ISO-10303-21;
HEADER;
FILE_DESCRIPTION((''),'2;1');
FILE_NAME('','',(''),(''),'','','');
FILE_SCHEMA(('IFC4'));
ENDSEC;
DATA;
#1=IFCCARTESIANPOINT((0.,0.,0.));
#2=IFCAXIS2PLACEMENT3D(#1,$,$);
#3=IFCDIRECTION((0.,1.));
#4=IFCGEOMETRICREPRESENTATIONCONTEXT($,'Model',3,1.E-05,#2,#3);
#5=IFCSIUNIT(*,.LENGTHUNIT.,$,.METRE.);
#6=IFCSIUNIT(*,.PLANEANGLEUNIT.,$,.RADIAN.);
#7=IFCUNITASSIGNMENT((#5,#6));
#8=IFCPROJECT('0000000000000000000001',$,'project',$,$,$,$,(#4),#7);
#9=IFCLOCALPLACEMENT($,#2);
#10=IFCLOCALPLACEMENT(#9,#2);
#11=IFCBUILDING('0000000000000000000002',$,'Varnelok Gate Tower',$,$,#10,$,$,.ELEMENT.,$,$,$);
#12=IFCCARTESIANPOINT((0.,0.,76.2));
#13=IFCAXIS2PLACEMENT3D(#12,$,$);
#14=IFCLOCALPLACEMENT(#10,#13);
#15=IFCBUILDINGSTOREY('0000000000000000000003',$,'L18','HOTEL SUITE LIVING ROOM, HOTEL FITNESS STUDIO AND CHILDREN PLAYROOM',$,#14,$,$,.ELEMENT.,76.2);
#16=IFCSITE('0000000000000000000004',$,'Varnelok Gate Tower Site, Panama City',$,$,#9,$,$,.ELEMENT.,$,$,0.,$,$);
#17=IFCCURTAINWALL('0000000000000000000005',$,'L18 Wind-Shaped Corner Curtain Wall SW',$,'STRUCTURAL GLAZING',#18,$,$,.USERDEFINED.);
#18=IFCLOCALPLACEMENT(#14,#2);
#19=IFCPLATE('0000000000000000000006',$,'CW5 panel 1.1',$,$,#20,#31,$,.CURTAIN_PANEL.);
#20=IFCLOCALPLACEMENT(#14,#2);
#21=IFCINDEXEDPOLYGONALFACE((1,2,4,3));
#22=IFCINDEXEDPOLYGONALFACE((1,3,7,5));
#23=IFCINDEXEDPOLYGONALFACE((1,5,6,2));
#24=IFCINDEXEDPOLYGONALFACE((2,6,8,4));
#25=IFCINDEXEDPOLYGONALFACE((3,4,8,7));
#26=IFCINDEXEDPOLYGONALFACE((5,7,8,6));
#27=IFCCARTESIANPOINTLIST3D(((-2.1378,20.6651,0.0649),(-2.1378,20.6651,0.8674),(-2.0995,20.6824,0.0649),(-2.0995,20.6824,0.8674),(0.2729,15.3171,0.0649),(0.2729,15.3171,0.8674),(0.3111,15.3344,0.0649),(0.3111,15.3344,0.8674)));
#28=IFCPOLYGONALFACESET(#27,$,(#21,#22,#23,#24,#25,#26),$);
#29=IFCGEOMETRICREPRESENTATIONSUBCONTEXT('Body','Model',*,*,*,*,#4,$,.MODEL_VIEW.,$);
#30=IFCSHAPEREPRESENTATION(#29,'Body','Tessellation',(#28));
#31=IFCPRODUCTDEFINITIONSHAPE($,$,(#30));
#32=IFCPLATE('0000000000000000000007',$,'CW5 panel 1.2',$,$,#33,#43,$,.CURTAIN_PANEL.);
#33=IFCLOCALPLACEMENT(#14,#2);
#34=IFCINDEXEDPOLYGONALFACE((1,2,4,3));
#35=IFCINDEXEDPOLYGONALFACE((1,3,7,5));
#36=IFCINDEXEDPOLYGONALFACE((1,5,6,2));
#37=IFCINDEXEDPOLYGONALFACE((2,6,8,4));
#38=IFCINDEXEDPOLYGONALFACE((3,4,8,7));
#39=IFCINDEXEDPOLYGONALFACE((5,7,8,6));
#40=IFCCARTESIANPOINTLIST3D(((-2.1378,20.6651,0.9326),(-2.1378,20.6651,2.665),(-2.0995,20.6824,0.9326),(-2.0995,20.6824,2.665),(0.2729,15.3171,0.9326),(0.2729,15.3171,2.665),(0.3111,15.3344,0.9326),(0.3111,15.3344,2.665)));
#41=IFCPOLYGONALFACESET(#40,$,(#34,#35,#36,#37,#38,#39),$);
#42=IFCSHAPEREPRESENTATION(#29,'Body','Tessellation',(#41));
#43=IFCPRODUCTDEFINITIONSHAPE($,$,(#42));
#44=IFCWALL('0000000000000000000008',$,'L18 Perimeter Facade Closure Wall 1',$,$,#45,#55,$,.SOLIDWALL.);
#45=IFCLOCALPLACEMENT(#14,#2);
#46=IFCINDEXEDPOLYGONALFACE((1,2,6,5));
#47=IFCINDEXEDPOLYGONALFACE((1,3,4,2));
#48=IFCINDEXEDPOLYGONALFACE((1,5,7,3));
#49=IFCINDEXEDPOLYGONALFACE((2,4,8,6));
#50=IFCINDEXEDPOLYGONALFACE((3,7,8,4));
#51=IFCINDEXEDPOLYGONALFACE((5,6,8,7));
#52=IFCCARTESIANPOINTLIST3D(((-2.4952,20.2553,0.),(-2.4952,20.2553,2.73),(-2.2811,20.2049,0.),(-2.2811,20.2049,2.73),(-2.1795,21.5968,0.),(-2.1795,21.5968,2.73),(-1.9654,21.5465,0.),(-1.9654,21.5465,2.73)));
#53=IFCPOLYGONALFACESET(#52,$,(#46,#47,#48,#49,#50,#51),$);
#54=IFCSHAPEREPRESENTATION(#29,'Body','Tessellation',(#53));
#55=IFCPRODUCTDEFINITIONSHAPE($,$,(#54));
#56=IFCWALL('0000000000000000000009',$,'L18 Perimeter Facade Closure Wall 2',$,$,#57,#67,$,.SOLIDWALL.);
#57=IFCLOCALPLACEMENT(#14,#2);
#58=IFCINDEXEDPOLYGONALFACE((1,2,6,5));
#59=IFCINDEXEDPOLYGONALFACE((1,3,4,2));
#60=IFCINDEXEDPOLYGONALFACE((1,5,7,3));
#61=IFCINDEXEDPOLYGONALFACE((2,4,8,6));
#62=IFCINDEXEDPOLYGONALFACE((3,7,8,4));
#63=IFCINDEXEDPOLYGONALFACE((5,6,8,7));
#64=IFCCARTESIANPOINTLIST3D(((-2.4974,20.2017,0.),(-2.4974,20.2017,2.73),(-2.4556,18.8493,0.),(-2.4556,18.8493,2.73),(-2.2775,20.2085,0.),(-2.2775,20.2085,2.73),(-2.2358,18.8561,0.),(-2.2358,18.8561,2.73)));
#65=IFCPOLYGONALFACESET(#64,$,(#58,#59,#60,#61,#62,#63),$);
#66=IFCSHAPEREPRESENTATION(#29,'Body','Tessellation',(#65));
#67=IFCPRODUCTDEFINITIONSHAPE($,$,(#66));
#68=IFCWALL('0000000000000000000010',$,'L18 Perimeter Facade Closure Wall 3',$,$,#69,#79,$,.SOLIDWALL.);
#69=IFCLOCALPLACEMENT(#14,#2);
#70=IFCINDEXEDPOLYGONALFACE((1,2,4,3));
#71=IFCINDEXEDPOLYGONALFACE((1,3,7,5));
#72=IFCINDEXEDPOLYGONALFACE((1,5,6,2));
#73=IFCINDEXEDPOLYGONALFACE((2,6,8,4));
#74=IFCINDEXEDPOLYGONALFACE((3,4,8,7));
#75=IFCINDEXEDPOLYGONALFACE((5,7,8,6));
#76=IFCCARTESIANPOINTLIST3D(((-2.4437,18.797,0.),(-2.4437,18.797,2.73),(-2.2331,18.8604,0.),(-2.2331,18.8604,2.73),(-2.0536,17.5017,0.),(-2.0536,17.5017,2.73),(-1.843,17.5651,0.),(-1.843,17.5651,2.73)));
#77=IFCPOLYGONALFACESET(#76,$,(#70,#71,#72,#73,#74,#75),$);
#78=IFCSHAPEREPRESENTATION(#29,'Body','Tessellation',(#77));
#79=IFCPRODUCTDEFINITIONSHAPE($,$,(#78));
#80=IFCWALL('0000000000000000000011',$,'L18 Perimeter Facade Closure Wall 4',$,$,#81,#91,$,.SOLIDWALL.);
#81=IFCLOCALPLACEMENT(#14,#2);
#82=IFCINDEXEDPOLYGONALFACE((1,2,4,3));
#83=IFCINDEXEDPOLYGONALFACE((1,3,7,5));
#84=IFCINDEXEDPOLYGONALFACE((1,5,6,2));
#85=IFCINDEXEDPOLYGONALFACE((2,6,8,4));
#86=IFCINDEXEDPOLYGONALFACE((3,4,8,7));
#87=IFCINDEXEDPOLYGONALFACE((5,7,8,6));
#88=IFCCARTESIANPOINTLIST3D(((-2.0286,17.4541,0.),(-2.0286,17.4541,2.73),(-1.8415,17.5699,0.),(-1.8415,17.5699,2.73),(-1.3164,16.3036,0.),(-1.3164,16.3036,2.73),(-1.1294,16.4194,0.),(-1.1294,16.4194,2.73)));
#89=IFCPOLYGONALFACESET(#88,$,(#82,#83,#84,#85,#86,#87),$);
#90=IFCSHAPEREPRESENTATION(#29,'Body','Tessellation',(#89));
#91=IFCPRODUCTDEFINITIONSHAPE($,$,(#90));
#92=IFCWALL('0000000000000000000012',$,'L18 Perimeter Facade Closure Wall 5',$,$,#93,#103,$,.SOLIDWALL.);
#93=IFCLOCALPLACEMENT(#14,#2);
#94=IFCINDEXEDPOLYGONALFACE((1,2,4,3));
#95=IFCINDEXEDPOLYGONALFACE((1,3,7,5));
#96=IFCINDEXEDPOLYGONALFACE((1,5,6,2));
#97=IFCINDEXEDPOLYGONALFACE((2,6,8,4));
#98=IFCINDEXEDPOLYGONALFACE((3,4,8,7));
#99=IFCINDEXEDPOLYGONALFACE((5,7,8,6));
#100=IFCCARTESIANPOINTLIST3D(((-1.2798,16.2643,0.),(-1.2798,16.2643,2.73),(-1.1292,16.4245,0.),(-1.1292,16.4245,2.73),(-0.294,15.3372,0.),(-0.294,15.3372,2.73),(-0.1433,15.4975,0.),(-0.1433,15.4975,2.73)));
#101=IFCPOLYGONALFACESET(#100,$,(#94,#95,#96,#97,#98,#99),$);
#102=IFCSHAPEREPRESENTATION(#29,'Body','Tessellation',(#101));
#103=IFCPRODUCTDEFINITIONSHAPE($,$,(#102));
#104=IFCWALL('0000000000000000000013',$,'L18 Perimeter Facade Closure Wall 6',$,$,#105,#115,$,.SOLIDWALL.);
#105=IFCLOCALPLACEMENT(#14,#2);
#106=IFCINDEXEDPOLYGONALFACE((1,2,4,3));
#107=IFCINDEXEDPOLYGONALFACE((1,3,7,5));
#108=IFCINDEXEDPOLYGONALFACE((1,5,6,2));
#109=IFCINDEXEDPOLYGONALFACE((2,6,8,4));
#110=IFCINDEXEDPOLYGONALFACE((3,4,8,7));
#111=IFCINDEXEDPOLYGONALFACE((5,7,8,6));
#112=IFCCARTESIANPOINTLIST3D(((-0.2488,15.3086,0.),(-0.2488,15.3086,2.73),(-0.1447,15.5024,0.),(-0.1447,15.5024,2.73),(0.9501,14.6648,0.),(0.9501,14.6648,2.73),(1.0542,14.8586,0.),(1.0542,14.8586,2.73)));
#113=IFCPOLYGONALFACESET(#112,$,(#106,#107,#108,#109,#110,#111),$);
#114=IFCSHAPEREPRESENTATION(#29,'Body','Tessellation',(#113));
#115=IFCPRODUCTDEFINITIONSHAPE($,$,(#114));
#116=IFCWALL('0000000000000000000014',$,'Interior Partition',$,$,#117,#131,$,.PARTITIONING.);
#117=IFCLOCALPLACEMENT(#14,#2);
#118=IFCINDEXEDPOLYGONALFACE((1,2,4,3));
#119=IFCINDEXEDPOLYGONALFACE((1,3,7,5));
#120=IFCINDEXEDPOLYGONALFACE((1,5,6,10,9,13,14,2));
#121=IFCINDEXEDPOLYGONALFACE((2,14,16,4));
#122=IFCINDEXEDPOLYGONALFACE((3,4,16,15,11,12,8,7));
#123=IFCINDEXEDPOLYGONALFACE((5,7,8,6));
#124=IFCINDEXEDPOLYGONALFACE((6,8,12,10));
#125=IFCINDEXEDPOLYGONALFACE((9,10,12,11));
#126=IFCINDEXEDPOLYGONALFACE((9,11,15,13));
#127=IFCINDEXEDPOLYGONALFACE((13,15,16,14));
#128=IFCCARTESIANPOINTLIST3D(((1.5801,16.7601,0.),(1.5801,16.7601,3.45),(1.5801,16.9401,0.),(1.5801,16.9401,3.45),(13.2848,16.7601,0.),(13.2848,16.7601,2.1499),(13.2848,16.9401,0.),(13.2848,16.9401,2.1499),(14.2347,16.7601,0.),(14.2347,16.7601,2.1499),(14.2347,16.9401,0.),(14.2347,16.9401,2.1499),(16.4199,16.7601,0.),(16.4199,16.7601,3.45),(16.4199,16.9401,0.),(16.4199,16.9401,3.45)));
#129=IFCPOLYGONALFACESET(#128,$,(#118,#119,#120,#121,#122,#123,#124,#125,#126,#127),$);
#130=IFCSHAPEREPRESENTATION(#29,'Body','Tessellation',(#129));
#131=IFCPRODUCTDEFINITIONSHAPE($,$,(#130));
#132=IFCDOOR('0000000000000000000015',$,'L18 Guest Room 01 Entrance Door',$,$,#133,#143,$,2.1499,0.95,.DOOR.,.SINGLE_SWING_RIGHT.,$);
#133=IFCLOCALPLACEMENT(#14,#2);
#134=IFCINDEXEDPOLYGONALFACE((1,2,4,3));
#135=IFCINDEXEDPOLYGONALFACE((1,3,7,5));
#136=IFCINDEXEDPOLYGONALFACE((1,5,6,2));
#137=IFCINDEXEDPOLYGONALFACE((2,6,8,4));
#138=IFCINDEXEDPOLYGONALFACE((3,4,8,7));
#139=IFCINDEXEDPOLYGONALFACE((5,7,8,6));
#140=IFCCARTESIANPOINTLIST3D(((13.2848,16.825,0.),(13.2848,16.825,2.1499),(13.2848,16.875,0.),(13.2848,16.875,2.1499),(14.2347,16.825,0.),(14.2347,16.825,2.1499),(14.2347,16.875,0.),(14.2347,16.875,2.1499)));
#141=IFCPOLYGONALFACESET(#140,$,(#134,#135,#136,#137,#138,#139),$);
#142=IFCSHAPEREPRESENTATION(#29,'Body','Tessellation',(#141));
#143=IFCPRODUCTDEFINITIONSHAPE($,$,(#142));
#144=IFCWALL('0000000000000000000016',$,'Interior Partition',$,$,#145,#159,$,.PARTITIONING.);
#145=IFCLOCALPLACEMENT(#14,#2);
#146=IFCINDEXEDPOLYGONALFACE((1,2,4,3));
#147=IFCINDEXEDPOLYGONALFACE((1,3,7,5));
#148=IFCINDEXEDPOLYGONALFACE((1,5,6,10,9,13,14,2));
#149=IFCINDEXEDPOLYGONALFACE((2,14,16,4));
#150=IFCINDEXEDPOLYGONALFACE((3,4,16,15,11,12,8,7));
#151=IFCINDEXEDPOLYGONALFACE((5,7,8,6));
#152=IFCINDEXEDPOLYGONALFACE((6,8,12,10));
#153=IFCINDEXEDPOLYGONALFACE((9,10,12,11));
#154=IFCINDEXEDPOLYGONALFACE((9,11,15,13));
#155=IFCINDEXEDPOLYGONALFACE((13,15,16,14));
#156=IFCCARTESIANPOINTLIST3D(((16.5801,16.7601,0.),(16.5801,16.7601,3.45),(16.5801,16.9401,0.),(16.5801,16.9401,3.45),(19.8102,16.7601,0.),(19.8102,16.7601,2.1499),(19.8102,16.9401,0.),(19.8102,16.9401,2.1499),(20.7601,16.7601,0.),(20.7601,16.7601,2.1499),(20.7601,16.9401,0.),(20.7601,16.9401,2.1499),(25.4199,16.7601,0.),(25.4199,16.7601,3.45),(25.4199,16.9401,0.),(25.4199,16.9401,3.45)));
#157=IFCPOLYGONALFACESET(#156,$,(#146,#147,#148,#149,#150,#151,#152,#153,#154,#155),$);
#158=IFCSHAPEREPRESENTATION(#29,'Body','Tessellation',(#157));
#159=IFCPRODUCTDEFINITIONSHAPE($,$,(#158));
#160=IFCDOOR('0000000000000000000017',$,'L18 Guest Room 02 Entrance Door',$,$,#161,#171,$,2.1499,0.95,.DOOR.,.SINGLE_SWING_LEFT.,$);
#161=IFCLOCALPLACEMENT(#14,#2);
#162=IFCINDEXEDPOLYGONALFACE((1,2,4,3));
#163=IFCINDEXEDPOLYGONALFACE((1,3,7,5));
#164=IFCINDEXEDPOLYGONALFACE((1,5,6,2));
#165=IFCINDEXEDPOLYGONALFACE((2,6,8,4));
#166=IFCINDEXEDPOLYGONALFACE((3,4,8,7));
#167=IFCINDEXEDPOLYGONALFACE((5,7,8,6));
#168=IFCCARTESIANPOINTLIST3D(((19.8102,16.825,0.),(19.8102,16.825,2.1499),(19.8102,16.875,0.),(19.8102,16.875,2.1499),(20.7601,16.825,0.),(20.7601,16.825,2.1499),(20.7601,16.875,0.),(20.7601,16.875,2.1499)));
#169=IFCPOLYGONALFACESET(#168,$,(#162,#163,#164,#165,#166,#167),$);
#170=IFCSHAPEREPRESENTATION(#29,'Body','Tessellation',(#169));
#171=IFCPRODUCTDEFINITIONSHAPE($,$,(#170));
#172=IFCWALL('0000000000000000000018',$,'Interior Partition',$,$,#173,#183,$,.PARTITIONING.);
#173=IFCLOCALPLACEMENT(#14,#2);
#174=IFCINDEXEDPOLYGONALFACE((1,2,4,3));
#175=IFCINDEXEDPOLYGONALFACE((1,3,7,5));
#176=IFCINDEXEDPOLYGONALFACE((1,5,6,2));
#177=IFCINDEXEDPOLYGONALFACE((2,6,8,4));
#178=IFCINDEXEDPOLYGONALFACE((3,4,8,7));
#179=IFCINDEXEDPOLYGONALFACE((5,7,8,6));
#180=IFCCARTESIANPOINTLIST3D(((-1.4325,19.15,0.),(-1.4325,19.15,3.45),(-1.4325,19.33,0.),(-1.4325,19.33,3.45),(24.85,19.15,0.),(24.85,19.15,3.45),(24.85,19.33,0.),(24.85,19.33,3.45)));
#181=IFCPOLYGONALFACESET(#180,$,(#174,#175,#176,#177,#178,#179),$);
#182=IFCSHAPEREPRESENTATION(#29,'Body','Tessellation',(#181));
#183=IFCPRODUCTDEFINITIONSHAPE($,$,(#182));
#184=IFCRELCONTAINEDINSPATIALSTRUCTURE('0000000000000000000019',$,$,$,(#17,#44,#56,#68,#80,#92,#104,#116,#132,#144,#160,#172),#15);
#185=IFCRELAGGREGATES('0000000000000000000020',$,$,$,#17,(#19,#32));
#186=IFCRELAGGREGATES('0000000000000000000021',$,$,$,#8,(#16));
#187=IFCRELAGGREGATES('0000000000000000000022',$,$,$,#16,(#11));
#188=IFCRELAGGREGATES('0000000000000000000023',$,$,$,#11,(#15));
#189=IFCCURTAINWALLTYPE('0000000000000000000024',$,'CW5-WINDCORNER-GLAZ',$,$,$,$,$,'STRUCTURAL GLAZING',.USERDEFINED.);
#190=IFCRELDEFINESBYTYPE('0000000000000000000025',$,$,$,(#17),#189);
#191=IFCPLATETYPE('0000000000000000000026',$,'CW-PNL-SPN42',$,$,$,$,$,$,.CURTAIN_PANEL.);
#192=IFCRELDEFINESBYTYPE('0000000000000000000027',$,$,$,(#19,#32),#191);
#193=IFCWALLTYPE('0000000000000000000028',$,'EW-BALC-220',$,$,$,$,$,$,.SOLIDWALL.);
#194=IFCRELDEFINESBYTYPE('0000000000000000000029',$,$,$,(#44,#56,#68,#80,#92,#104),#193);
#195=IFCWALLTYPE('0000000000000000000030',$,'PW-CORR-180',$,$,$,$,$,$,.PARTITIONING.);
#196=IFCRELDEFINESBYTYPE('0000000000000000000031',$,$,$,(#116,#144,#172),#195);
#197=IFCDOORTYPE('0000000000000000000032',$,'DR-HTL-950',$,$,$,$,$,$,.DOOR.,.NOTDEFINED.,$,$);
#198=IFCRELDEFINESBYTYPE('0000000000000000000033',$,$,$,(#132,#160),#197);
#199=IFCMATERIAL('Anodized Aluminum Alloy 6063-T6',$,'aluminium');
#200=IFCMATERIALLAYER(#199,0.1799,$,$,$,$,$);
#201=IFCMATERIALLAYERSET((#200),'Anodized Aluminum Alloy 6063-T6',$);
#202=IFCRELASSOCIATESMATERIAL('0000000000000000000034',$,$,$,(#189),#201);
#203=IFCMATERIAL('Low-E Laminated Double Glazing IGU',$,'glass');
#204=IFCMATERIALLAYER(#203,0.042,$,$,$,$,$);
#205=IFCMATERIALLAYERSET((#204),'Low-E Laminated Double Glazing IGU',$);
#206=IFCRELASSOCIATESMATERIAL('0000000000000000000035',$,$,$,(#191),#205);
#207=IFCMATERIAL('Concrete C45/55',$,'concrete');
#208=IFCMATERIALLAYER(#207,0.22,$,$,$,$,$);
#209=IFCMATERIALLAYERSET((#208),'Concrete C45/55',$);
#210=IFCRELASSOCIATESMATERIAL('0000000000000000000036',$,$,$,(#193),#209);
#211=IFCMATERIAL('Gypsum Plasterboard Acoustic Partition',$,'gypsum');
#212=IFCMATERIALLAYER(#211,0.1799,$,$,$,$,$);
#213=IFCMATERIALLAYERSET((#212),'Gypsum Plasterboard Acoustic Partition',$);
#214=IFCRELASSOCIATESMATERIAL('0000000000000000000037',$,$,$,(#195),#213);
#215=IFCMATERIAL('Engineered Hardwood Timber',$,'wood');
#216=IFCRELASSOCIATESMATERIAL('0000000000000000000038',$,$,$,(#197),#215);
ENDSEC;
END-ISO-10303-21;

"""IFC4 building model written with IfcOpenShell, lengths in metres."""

from ifc_helpers import new_model, si_unit, direction, frame, frame_2d, origin, origin_2d, place, context, subcontext, project, spatial, rectangle, extrude, source, transform, mapped, material, layer, layer_set, type_object, element, fill, aggregate, save


model = new_model("IFC4")

# Units and contexts
model_context = context("Model", 3, precision=1e-05, world=origin(), true_north=direction((0.0, 1.0)))
body_context = subcontext(model_context, "Body", "Model", "MODEL_VIEW")
ifc_project = project(units=[si_unit("LENGTHUNIT", "METRE"), si_unit("PLANEANGLEUNIT", "RADIAN")], contexts=[model_context])

# Site, building, storey
site_placement = place(None, origin())
site = spatial("IfcSite", under=ifc_project, at=site_placement, Name="Varnelok Gate Tower Site, Panama City", CompositionType="ELEMENT", RefElevation=0.0)
building_placement = place(site_placement, origin())
building = spatial("IfcBuilding", under=site, at=building_placement, Name="Varnelok Gate Tower", CompositionType="ELEMENT")
storey_placement = place(building_placement, frame((0.0, 0.0, 76.2)))
storey = spatial("IfcBuildingStorey", under=building, at=storey_placement, Name="L18", Description="HOTEL SUITE LIVING ROOM, HOTEL FITNESS STUDIO AND CHILDREN PLAYROOM", CompositionType="ELEMENT", Elevation=76.2)

# Shared definitions
ifc_material_1 = material(Name="Anodized Aluminum Alloy 6063-T6", Category="aluminium")

# Curtain wall
ifc_layer_1 = layer(ifc_material_1, 0.1799)
ifc_layer_set_1 = layer_set([ifc_layer_1], Name="Anodized Aluminum Alloy 6063-T6")
curtain_wall_type_1 = type_object("IfcCurtainWallType", Name="CW5-WINDCORNER-GLAZ", ElementType="STRUCTURAL GLAZING", PredefinedType="USERDEFINED", material=ifc_layer_set_1)
curtain_wall_1_placement = place(storey_placement, origin())
curtain_wall_1 = element("IfcCurtainWall", 1, at=curtain_wall_1_placement, inside=storey, type_object=curtain_wall_type_1, Name="L18 Wind-Shaped Corner Curtain Wall SW", ObjectType="STRUCTURAL GLAZING", PredefinedType="USERDEFINED")

# Plates
ifc_material_2 = material(Name="Low-E Laminated Double Glazing IGU", Category="glass")
ifc_layer_2 = layer(ifc_material_2, 0.042)
ifc_layer_set_2 = layer_set([ifc_layer_2], Name="Low-E Laminated Double Glazing IGU")
plate_type_1 = type_object("IfcPlateType", Name="CW-PNL-SPN42", PredefinedType="CURTAIN_PANEL", material=ifc_layer_set_2)
shared_shape_1 = source(origin(), body_context, "Body", "SweptSolid", [
    extrude(rectangle(XDim=5.8662, YDim=0.042, at=origin_2d()), origin(), (0.0, 0.0, 1.0), 0.8025),
])
plate_1_placement = place(storey_placement, frame((-0.9133, 17.9998, 0.0649), z_axis=(0.0, 0.0, 1.0), x_axis=(0.410937, -0.911664, 0.0)))
plate_1 = element("IfcPlate", 2, at=plate_1_placement, type_object=plate_type_1, Name="CW5 panel 1.1", PredefinedType="CURTAIN_PANEL", context=body_context, shape_type="MappedRepresentation", body=[
    mapped(shared_shape_1, transform((0.0, 0.0, 0.0), scale=1.0)),
])
shared_shape_2 = source(origin(), body_context, "Body", "SweptSolid", [
    extrude(rectangle(XDim=5.8662, YDim=0.042, at=origin_2d()), origin(), (0.0, 0.0, 1.0), 1.7324),
])
plate_2_placement = place(storey_placement, frame((-0.9133, 17.9998, 0.9326), z_axis=(0.0, 0.0, 1.0), x_axis=(0.410937, -0.911664, 0.0)))
plate_2 = element("IfcPlate", 3, at=plate_2_placement, type_object=plate_type_1, Name="CW5 panel 1.2", PredefinedType="CURTAIN_PANEL", context=body_context, shape_type="MappedRepresentation", body=[
    mapped(shared_shape_2, transform((0.0, 0.0, 0.0), scale=1.0)),
])
aggregate(curtain_wall_1, [plate_1, plate_2])

# Walls
ifc_material_3 = material(Name="Concrete C45/55", Category="concrete")
ifc_layer_3 = layer(ifc_material_3, 0.22)
ifc_layer_set_3 = layer_set([ifc_layer_3], Name="Concrete C45/55")
wall_type_1 = type_object("IfcWallType", Name="EW-BALC-220", PredefinedType="SOLIDWALL", material=ifc_layer_set_3)
wall_1_placement = place(storey_placement, frame((-2.0725, 21.5715, 0.0), z_axis=(0.0, 0.0, 1.0), x_axis=(-0.229049, -0.973415, 0.0)))
element("IfcWall", 4, at=wall_1_placement, inside=storey, type_object=wall_type_1, Name="L18 Perimeter Facade Closure Wall 1", PredefinedType="SOLIDWALL", context=body_context, shape_type="SweptSolid", body=[
    extrude(rectangle(XDim=1.3782, YDim=0.22, at=frame_2d((0.689, 0.0))), origin(), (0.0, 0.0, 1.0), 2.73),
])
wall_2_placement = place(storey_placement, frame((-2.3875, 20.2051, 0.0), z_axis=(0.0, 0.0, 1.0), x_axis=(0.030857, -0.999524, 0.0)))
element("IfcWall", 5, at=wall_2_placement, inside=storey, type_object=wall_type_1, Name="L18 Perimeter Facade Closure Wall 2", PredefinedType="SOLIDWALL", context=body_context, shape_type="SweptSolid", body=[
    extrude(rectangle(XDim=1.353, YDim=0.22, at=frame_2d((0.6765, 0.0))), origin(), (0.0, 0.0, 1.0), 2.73),
])
wall_3_placement = place(storey_placement, frame((-2.3384, 18.8286, 0.0), z_axis=(0.0, 0.0, 1.0), x_axis=(0.288374, -0.957518, 0.0)))
element("IfcWall", 6, at=wall_3_placement, inside=storey, type_object=wall_type_1, Name="L18 Perimeter Facade Closure Wall 3", PredefinedType="SOLIDWALL", context=body_context, shape_type="SweptSolid", body=[
    extrude(rectangle(XDim=1.3528, YDim=0.22, at=frame_2d((0.6763, 0.0))), origin(), (0.0, 0.0, 1.0), 2.73),
])
wall_4_placement = place(storey_placement, frame((-1.9351, 17.512, 0.0), z_axis=(0.0, 0.0, 1.0), x_axis=(0.526361, -0.850261, 0.0)))
element("IfcWall", 7, at=wall_4_placement, inside=storey, type_object=wall_type_1, Name="L18 Perimeter Facade Closure Wall 4", PredefinedType="SOLIDWALL", context=body_context, shape_type="SweptSolid", body=[
    extrude(rectangle(XDim=1.353, YDim=0.22, at=frame_2d((0.6765, 0.0))), origin(), (0.0, 0.0, 1.0), 2.73),
])
wall_5_placement = place(storey_placement, frame((-1.2046, 16.3445, 0.0), z_axis=(0.0, 0.0, 1.0), x_axis=(0.728512, -0.685033, 0.0)))
element("IfcWall", 8, at=wall_5_placement, inside=storey, type_object=wall_type_1, Name="L18 Perimeter Facade Closure Wall 5", PredefinedType="SOLIDWALL", context=body_context, shape_type="SweptSolid", body=[
    extrude(rectangle(XDim=1.3533, YDim=0.22, at=frame_2d((0.6768, 0.0))), origin(), (0.0, 0.0, 1.0), 2.73),
])
wall_6_placement = place(storey_placement, frame((-0.1968, 15.4055, 0.0), z_axis=(0.0, 0.0, 1.0), x_axis=(0.881024, -0.473072, 0.0)))
element("IfcWall", 9, at=wall_6_placement, inside=storey, type_object=wall_type_1, Name="L18 Perimeter Facade Closure Wall 6", PredefinedType="SOLIDWALL", context=body_context, shape_type="SweptSolid", body=[
    extrude(rectangle(XDim=1.3608, YDim=0.22, at=frame_2d((0.6804, 0.0))), origin(), (0.0, 0.0, 1.0), 2.73),
])

# Walls, openings, doors
ifc_material_4 = material(Name="Gypsum Plasterboard Acoustic Partition", Category="gypsum")
ifc_layer_4 = layer(ifc_material_4, 0.1799)
ifc_layer_set_4 = layer_set([ifc_layer_4], Name="Gypsum Plasterboard Acoustic Partition")
wall_type_2 = type_object("IfcWallType", Name="PW-CORR-180", PredefinedType="PARTITIONING", material=ifc_layer_set_4)
wall_7_placement = place(storey_placement, frame((1.5801, 16.8501, 0.0), z_axis=(0.0, 0.0, 1.0), x_axis=(1.0, 0.0, 0.0)))
wall_7 = element("IfcWall", 10, at=wall_7_placement, inside=storey, type_object=wall_type_2, Name="Interior Partition", PredefinedType="PARTITIONING", context=body_context, shape_type="SweptSolid", body=[
    extrude(rectangle(XDim=14.8398, YDim=0.1799, at=frame_2d((7.4199, 0.0))), origin(), (0.0, 0.0, 1.0), 3.45),
])
opening_1_placement = place(wall_7_placement, frame((11.7046, 0.0, 0.0)))
opening_1 = element("IfcOpeningElement", 11, at=opening_1_placement, cuts=wall_7, PredefinedType="OPENING", context=body_context, shape_type="SweptSolid", body=[
    extrude(rectangle(XDim=0.95, YDim=2.1499, at=frame_2d((0.4751, 1.075))), frame((0.0, 0.0999, 0.0), z_axis=(0.0, -1.0, 0.0), x_axis=(1.0, 0.0, 0.0)), (0.0, 0.0, 1.0), 0.2),
])
ifc_material_5 = material(Name="Engineered Hardwood Timber", Category="wood")
door_type = type_object("IfcDoorType", Name="DR-HTL-950", OperationType="NOTDEFINED", PredefinedType="DOOR", material=ifc_material_5)
door_1_placement = place(opening_1_placement, origin())
door_1 = element("IfcDoor", 12, at=door_1_placement, inside=storey, type_object=door_type, Name="L18 Guest Room 01 Entrance Door", OperationType="SINGLE_SWING_RIGHT", OverallHeight=2.1499, OverallWidth=0.95, PredefinedType="DOOR", context=body_context, shape_type="SweptSolid", body=[
    extrude(rectangle(XDim=0.95, YDim=2.1499, at=frame_2d((0.4751, 1.075))), frame((0.0, 0.0249, 0.0), z_axis=(0.0, -1.0, 0.0), x_axis=(1.0, 0.0, 0.0)), (0.0, 0.0, 1.0), 0.05),
])
fill(opening_1, door_1)
wall_8_placement = place(storey_placement, frame((16.5801, 16.8501, 0.0), z_axis=(0.0, 0.0, 1.0), x_axis=(1.0, 0.0, 0.0)))
wall_8 = element("IfcWall", 13, at=wall_8_placement, inside=storey, type_object=wall_type_2, Name="Interior Partition", PredefinedType="PARTITIONING", context=body_context, shape_type="SweptSolid", body=[
    extrude(rectangle(XDim=8.8398, YDim=0.1799, at=frame_2d((4.4199, 0.0))), origin(), (0.0, 0.0, 1.0), 3.45),
])
opening_2_placement = place(wall_8_placement, frame((3.23, 0.0, 0.0)))
opening_2 = element("IfcOpeningElement", 14, at=opening_2_placement, cuts=wall_8, PredefinedType="OPENING", context=body_context, shape_type="SweptSolid", body=[
    extrude(rectangle(XDim=0.95, YDim=2.1499, at=frame_2d((0.4751, 1.075))), frame((0.0, 0.0999, 0.0), z_axis=(0.0, -1.0, 0.0), x_axis=(1.0, 0.0, 0.0)), (0.0, 0.0, 1.0), 0.2),
])
door_2_placement = place(opening_2_placement, origin())
door_2 = element("IfcDoor", 15, at=door_2_placement, inside=storey, type_object=door_type, Name="L18 Guest Room 02 Entrance Door", OperationType="SINGLE_SWING_LEFT", OverallHeight=2.1499, OverallWidth=0.95, PredefinedType="DOOR", context=body_context, shape_type="SweptSolid", body=[
    extrude(rectangle(XDim=0.95, YDim=2.1499, at=frame_2d((0.4751, 1.075))), frame((0.0, 0.0249, 0.0), z_axis=(0.0, -1.0, 0.0), x_axis=(1.0, 0.0, 0.0)), (0.0, 0.0, 1.0), 0.05),
])
fill(opening_2, door_2)

# Wall
wall_9_placement = place(storey_placement, frame((-1.4324, 19.24, 0.0), z_axis=(0.0, 0.0, 1.0), x_axis=(1.0, 0.0, 0.0)))
element("IfcWall", 16, at=wall_9_placement, inside=storey, type_object=wall_type_2, Name="Interior Partition", PredefinedType="PARTITIONING", context=body_context, shape_type="SweptSolid", body=[
    extrude(rectangle(XDim=26.2825, YDim=0.1799, at=frame_2d((13.1411, 0.0))), origin(), (0.0, 0.0, 1.0), 3.45),
])

save(model, "model.ifc")
